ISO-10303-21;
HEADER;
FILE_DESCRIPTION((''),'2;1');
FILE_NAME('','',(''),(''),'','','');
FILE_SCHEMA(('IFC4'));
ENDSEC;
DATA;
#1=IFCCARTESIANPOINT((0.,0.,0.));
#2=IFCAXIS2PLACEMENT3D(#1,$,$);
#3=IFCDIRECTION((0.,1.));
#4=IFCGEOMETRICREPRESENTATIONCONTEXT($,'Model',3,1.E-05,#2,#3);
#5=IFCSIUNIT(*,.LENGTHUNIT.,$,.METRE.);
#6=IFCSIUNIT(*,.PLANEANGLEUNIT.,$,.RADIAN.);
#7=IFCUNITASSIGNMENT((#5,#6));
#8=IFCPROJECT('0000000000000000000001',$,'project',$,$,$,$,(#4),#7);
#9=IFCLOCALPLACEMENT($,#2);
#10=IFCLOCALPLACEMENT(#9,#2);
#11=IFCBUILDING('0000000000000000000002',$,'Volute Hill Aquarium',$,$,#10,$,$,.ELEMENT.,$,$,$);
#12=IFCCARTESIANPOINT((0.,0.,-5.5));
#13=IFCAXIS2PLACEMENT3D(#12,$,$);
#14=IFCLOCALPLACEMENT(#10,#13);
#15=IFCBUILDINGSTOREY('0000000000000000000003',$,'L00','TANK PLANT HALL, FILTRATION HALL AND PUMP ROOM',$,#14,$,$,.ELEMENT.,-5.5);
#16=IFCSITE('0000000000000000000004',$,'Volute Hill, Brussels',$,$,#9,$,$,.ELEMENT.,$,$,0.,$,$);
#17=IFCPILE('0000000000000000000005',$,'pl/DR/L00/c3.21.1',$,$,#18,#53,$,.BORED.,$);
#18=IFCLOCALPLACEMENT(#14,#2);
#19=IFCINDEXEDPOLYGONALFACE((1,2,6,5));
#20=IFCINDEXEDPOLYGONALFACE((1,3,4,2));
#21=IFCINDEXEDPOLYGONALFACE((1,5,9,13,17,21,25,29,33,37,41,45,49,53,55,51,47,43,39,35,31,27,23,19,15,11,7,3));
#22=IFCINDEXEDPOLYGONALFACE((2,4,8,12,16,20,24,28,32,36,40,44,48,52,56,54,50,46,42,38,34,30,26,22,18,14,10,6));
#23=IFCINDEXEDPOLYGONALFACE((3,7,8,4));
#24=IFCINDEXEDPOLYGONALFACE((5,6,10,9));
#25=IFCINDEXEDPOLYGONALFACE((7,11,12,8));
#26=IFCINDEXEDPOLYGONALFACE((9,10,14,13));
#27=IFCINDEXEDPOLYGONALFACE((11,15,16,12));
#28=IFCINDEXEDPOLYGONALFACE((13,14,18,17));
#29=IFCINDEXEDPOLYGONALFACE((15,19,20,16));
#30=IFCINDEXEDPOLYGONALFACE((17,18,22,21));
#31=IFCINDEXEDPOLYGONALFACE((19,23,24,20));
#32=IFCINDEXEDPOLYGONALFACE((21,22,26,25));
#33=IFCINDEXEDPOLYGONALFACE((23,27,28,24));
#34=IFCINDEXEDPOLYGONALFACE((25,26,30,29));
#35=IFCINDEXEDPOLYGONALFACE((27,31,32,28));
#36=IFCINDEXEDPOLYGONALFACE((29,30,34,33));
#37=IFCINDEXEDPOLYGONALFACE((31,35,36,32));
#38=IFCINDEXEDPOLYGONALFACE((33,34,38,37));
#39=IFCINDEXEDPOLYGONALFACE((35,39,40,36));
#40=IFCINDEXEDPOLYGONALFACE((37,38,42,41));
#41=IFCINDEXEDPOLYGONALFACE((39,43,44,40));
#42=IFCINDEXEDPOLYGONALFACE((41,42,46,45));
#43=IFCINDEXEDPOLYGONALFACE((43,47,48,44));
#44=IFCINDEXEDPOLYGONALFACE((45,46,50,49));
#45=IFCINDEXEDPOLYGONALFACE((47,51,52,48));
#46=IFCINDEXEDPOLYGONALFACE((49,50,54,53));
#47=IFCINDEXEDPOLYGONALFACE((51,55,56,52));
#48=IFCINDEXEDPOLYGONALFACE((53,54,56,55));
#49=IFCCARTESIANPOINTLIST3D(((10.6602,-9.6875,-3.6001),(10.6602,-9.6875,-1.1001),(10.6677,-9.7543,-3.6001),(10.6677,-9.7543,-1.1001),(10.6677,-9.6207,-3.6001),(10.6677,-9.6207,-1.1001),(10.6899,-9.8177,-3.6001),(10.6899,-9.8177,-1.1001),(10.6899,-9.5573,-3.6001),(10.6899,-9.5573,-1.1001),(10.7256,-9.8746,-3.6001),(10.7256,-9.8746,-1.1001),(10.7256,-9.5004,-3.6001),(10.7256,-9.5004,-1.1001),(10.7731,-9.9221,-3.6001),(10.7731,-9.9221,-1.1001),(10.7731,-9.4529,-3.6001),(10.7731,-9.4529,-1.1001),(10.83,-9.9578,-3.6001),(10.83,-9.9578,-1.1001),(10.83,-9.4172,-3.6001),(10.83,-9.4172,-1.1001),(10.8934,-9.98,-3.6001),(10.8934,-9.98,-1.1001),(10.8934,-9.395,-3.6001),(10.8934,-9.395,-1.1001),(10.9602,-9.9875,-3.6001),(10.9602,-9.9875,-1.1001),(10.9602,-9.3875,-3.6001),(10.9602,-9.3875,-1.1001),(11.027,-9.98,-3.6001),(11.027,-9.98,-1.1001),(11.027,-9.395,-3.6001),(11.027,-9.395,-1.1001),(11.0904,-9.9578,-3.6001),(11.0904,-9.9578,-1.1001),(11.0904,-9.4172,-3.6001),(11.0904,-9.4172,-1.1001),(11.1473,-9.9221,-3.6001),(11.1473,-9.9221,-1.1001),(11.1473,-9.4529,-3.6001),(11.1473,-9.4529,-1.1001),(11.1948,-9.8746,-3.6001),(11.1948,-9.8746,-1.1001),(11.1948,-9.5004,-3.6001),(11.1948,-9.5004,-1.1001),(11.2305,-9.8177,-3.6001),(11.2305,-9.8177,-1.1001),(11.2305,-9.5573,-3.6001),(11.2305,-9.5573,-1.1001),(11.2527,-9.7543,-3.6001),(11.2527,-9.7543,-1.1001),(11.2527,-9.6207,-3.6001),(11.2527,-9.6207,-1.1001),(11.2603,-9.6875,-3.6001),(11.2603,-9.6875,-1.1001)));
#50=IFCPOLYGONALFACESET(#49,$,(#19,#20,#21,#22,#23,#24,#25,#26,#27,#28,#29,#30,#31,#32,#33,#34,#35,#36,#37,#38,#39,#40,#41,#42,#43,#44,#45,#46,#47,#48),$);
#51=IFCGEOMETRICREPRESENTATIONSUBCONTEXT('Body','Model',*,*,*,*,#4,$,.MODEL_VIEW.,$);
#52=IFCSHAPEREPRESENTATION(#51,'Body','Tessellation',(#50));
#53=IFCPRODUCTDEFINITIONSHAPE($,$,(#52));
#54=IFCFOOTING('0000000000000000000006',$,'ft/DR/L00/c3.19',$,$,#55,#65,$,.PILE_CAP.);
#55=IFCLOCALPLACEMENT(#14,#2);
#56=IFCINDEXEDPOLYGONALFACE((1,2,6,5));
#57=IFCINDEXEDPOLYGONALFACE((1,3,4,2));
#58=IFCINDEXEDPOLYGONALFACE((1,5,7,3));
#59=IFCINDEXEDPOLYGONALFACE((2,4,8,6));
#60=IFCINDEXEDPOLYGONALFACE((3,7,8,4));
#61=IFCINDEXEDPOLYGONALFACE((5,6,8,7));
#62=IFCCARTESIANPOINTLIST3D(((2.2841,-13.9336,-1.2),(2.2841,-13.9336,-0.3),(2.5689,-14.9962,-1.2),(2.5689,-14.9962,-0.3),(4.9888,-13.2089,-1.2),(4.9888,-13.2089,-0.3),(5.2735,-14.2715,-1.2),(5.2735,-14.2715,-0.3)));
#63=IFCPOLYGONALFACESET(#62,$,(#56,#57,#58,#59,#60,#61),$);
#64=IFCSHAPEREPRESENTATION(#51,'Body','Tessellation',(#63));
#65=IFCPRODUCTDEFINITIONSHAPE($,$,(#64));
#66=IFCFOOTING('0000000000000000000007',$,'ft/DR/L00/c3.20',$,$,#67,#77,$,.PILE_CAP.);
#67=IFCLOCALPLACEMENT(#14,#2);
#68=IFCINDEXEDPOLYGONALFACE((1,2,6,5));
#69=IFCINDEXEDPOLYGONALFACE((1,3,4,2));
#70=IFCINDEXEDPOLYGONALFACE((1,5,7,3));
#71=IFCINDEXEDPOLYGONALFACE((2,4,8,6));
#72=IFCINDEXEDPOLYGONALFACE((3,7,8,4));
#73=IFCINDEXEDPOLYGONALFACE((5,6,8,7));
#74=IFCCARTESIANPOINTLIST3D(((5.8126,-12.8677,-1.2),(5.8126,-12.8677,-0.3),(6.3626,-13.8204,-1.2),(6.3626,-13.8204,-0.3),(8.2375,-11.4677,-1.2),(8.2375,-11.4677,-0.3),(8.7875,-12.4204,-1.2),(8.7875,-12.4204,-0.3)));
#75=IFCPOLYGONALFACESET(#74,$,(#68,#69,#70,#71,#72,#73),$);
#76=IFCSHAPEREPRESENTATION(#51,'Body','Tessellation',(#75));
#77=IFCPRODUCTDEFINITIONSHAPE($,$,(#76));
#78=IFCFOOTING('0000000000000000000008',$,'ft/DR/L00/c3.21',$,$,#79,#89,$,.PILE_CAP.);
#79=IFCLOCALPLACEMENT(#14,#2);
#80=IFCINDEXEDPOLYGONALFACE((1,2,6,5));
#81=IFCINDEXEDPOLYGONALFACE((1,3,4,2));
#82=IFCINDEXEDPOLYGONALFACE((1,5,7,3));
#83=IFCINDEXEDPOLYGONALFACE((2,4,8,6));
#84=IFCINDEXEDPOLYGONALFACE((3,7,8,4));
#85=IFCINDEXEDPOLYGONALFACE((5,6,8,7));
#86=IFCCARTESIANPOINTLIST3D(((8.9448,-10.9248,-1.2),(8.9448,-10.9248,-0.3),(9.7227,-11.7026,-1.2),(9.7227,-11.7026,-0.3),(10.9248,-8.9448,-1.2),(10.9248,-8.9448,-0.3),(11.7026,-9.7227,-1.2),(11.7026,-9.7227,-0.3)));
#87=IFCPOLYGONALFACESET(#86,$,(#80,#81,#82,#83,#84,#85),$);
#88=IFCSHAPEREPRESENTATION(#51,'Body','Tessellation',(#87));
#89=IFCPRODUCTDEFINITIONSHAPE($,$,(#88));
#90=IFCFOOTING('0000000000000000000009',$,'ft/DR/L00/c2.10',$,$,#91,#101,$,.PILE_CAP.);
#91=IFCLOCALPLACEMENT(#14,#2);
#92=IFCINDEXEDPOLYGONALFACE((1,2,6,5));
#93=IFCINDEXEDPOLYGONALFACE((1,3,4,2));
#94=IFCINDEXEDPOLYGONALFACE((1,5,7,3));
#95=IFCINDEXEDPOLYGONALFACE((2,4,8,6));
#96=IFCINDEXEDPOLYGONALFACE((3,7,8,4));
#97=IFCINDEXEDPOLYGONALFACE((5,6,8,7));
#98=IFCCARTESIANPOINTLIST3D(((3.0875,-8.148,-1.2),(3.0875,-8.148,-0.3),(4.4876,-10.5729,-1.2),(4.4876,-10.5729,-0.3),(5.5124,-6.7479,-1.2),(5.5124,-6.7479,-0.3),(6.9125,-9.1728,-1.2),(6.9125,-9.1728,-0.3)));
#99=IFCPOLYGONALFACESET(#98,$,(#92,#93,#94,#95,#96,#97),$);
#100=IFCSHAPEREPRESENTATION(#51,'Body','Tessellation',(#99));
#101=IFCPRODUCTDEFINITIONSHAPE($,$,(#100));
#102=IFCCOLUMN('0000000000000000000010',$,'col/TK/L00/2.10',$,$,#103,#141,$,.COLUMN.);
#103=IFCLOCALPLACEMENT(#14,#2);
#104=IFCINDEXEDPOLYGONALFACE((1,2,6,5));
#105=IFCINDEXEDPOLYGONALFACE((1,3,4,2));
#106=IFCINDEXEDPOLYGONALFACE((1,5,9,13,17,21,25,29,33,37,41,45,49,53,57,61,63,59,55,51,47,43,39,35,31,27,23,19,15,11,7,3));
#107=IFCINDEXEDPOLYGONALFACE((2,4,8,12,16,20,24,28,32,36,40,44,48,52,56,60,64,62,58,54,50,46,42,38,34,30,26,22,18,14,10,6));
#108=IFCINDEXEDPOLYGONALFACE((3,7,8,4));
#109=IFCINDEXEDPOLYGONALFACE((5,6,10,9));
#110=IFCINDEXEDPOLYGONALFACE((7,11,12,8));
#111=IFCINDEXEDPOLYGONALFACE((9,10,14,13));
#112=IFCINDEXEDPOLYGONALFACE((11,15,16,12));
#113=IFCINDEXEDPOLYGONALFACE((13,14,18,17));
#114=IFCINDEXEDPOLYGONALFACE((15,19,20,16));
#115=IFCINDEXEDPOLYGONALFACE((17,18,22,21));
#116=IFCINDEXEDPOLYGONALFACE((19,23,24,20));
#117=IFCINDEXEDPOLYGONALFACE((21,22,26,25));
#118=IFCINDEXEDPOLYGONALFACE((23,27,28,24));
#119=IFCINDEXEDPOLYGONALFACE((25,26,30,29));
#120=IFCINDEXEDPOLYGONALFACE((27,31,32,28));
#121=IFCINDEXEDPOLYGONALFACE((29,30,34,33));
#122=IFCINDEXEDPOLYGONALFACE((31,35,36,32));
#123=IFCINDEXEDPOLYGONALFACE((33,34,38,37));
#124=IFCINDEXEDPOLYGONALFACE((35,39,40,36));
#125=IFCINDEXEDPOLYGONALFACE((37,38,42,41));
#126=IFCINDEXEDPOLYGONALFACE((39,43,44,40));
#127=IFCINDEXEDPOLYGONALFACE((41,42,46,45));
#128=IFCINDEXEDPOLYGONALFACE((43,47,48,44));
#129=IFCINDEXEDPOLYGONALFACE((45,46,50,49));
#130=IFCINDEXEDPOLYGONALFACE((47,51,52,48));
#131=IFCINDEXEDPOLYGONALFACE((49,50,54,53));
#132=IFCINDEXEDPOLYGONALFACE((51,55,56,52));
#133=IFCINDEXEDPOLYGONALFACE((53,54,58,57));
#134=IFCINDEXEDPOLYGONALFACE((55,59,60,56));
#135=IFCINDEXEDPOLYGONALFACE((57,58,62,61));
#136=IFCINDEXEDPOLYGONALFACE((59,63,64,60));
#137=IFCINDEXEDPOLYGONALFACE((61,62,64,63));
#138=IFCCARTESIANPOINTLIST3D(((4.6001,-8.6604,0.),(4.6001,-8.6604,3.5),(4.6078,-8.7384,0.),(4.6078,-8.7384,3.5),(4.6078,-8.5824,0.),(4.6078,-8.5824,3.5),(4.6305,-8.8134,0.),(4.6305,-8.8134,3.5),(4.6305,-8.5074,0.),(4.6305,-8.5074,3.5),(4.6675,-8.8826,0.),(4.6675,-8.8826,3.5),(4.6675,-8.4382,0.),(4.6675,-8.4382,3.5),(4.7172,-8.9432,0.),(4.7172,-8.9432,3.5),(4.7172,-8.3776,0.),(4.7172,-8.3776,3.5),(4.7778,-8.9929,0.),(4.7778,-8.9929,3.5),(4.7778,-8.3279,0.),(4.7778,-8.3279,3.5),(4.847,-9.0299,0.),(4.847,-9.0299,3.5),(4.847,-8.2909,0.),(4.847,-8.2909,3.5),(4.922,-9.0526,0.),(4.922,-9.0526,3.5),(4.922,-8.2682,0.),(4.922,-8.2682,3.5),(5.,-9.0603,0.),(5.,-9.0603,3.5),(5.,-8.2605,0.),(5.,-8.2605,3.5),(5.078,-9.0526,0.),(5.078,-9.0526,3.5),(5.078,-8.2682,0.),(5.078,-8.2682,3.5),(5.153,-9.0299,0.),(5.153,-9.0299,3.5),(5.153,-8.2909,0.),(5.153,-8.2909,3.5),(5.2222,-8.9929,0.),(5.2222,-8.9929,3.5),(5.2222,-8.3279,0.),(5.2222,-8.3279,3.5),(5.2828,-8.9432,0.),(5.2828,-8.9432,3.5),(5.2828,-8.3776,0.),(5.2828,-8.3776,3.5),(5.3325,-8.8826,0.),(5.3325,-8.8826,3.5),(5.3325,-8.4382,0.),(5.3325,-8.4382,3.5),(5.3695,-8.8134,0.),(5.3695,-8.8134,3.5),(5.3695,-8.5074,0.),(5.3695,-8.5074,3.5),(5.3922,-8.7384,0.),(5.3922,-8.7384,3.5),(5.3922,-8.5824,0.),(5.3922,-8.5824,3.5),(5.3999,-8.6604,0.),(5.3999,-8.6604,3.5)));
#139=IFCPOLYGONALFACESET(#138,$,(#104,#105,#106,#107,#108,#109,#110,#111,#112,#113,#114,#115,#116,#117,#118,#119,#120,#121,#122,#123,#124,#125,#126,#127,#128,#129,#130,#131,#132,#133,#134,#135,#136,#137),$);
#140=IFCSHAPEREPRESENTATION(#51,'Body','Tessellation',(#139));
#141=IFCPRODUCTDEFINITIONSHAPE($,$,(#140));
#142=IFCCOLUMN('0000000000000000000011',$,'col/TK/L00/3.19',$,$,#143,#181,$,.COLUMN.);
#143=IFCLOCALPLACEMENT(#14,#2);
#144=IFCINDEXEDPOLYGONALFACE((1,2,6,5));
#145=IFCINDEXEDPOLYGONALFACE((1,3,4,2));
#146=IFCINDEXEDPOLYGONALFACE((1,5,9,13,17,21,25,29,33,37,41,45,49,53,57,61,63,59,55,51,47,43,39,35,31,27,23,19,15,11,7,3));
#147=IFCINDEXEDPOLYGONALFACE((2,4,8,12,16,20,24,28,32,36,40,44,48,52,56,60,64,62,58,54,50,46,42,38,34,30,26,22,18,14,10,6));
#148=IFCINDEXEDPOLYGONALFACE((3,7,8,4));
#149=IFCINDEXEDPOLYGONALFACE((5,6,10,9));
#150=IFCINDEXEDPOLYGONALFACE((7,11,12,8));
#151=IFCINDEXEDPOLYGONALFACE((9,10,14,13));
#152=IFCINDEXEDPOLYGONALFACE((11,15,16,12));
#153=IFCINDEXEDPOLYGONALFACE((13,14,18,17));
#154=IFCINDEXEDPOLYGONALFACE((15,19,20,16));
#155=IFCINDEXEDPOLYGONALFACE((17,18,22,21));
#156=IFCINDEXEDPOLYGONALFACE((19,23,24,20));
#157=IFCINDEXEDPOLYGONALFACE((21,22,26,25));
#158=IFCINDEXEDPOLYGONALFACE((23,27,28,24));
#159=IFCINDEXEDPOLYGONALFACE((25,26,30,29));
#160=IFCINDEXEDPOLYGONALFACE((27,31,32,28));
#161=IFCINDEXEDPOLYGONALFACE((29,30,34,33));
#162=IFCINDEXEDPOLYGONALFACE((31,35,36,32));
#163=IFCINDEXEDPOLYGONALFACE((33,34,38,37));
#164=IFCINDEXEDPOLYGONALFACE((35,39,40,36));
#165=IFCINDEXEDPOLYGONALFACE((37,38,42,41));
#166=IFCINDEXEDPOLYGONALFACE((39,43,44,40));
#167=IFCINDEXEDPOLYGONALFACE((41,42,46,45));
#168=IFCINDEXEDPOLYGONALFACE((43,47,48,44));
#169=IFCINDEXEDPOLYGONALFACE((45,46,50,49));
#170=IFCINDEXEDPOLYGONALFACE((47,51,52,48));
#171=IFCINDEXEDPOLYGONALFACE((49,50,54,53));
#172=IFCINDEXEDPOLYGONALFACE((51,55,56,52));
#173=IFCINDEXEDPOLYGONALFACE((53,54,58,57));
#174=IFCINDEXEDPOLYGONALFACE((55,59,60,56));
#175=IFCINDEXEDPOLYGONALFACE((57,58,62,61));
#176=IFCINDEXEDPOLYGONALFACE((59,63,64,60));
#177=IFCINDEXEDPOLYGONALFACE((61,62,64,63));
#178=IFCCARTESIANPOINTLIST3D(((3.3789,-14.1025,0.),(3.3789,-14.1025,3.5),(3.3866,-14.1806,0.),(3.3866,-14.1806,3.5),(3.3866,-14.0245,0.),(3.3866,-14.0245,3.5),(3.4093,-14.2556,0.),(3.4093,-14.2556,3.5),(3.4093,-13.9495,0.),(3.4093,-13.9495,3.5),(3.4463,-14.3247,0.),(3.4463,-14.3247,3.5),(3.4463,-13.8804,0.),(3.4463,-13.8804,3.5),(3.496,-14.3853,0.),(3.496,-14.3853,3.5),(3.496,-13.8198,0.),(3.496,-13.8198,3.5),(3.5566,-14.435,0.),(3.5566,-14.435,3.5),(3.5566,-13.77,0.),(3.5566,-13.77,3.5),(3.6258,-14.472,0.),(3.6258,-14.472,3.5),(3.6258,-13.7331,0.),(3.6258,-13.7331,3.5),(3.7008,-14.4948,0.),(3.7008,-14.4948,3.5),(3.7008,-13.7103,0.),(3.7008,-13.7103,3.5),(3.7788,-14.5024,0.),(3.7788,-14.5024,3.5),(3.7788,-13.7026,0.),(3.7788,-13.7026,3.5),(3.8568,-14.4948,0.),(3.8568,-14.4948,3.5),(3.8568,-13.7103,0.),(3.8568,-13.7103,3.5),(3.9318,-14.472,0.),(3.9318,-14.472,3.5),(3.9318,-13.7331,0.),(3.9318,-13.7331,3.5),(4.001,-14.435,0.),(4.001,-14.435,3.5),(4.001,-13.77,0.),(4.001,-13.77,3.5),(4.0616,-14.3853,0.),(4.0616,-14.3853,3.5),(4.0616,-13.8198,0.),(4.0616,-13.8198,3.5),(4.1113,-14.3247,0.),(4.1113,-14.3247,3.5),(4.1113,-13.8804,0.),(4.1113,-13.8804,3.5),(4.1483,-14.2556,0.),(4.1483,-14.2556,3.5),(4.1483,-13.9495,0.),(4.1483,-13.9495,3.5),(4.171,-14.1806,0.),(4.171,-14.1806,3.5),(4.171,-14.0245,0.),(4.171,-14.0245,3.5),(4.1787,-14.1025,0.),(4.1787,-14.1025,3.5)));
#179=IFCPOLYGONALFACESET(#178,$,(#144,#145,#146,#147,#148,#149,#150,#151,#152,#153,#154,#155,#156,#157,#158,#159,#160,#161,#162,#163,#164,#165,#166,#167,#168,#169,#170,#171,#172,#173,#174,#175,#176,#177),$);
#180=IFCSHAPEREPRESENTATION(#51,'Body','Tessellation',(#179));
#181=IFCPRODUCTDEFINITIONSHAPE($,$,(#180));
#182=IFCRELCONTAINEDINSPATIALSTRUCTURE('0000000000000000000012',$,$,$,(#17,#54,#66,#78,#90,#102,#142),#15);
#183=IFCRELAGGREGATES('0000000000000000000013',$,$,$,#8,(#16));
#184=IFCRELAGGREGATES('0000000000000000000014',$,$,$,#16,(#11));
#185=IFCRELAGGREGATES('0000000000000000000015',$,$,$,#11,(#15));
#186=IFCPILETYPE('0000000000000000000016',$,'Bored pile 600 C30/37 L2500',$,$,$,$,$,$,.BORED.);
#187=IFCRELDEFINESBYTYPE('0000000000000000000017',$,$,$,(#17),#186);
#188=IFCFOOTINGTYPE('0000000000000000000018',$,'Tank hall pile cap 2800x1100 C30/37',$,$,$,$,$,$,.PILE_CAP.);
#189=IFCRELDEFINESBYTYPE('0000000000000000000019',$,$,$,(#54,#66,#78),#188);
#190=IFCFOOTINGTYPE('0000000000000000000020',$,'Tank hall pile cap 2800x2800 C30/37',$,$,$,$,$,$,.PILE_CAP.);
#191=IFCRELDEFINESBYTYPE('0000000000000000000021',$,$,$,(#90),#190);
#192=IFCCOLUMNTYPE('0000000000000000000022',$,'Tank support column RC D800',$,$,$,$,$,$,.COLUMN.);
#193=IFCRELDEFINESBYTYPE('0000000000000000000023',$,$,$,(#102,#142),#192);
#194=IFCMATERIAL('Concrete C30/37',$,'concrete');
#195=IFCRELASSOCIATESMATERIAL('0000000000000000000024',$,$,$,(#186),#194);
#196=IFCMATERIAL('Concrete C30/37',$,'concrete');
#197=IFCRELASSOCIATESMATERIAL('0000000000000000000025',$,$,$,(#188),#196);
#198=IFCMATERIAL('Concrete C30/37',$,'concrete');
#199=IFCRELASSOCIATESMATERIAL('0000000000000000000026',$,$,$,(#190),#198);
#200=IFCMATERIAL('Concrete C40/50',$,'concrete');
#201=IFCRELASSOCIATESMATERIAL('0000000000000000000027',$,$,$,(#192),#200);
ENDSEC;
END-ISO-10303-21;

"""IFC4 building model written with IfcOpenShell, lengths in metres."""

from ifc_helpers import new_model, si_unit, direction, frame, origin, origin_2d, place, context, subcontext, project, spatial, rectangle, circle, extrude, material, material_profile, profile_set, type_object, element, save


model = new_model("IFC4")

# Units and contexts
model_context = context("Model", 3, precision=1e-05, world=origin(), true_north=direction((0.0, 1.0)))
body_context = subcontext(model_context, "Body", "Model", "MODEL_VIEW")
ifc_project = project(units=[si_unit("LENGTHUNIT", "METRE"), si_unit("PLANEANGLEUNIT", "RADIAN")], contexts=[model_context])

# Site, building, storey
site_placement = place(None, origin())
site = spatial("IfcSite", under=ifc_project, at=site_placement, Name="Volute Hill, Brussels", CompositionType="ELEMENT", RefElevation=0.0)
building_placement = place(site_placement, origin())
building = spatial("IfcBuilding", under=site, at=building_placement, Name="Volute Hill Aquarium", CompositionType="ELEMENT")
storey_placement = place(building_placement, frame((0.0, 0.0, -5.5)))
storey = spatial("IfcBuildingStorey", under=building, at=storey_placement, Name="L00", Description="TANK PLANT HALL, FILTRATION HALL AND PUMP ROOM", CompositionType="ELEMENT", Elevation=-5.5)

# Pile
ifc_material_1 = material(Name="Concrete C30/37", Category="concrete")
pile_type = type_object("IfcPileType", Name="Bored pile 600 C30/37 L2500", PredefinedType="BORED", material=ifc_material_1)
for number, where, z_axis, x_axis, name in (
    (1, (10.9602, -9.6875, -1.1001), (0.0, 0.0, -1.0), (1.0, 0.0, 0.0), "pl/DR/L00/c3.21.1"),
):
    element("IfcPile", number, at=place(storey_placement, frame(where, z_axis=z_axis, x_axis=x_axis)), inside=storey, type_object=pile_type, Name=name, PredefinedType="BORED", context=body_context, shape_type="SweptSolid", body=[
        extrude(circle(Radius=0.3, at=origin_2d()), origin(), (0.0, 0.0, 1.0), 2.5),
    ])

# Footings
ifc_material_2 = material(Name="Concrete C30/37", Category="concrete")
footing_type_1 = type_object("IfcFootingType", Name="Tank hall pile cap 2800x1100 C30/37", PredefinedType="PILE_CAP", material=ifc_material_2)
for number, where, z_axis, x_axis, name in (
    (2, (3.7788, -14.1025, -1.2), (0.0, 0.0, 1.0), (0.965926, 0.258819, 0.0), "ft/DR/L00/c3.19"),
    (3, (7.3, -12.644, -1.2), (0.0, 0.0, 1.0), (0.866025, 0.5, 0.0), "ft/DR/L00/c3.20"),
    (4, (10.3237, -10.3237, -1.2), (0.0, 0.0, 1.0), (0.707107, 0.707107, 0.0), "ft/DR/L00/c3.21"),
):
    element("IfcFooting", number, at=place(storey_placement, frame(where, z_axis=z_axis, x_axis=x_axis)), inside=storey, type_object=footing_type_1, Name=name, PredefinedType="PILE_CAP", context=body_context, shape_type="SweptSolid", body=[
        extrude(rectangle(XDim=2.8, YDim=1.1001, at=origin_2d()), origin(), (0.0, 0.0, 1.0), 0.8999),
    ])
ifc_material_3 = material(Name="Concrete C30/37", Category="concrete")
footing_type_2 = type_object("IfcFootingType", Name="Tank hall pile cap 2800x2800 C30/37", PredefinedType="PILE_CAP", material=ifc_material_3)
footing_placement = place(storey_placement, frame((5.0, -8.6604, -1.2), z_axis=(0.0, 0.0, 1.0), x_axis=(0.866025, 0.5, 0.0)))
element("IfcFooting", 5, at=footing_placement, inside=storey, type_object=footing_type_2, Name="ft/DR/L00/c2.10", PredefinedType="PILE_CAP", context=body_context, shape_type="SweptSolid", body=[
    extrude(rectangle(XDim=2.8, YDim=2.8, at=origin_2d()), origin(), (0.0, 0.0, 1.0), 0.8999),
])

# Columns
ifc_material_4 = material(Name="Concrete C40/50", Category="concrete")
ifc_material_profile_1 = material_profile(ifc_material_4, circle(Radius=0.3999, at=origin_2d()), Name="RC round column D800")
ifc_profile_set_1 = profile_set([ifc_material_profile_1], Name="Concrete C40/50")
column_type = type_object("IfcColumnType", Name="Tank support column RC D800", PredefinedType="COLUMN", material=ifc_profile_set_1)
for number, where, z_axis, x_axis, name in (
    (6, (5.0, -8.6604, 0.0), (0.0, 0.0, 1.0), (1.0, 0.0, 0.0), "col/TK/L00/2.10"),
    (7, (3.7788, -14.1025, 0.0), (0.0, 0.0, 1.0), (1.0, 0.0, 0.0), "col/TK/L00/3.19"),
):
    element("IfcColumn", number, at=place(storey_placement, frame(where, z_axis=z_axis, x_axis=x_axis)), inside=storey, type_object=column_type, Name=name, PredefinedType="COLUMN", context=body_context, shape_type="SweptSolid", body=[
        extrude(circle(Radius=0.3999, at=origin_2d()), origin(), (0.0, 0.0, 1.0), 3.5),
    ])

save(model, "model.ifc")
